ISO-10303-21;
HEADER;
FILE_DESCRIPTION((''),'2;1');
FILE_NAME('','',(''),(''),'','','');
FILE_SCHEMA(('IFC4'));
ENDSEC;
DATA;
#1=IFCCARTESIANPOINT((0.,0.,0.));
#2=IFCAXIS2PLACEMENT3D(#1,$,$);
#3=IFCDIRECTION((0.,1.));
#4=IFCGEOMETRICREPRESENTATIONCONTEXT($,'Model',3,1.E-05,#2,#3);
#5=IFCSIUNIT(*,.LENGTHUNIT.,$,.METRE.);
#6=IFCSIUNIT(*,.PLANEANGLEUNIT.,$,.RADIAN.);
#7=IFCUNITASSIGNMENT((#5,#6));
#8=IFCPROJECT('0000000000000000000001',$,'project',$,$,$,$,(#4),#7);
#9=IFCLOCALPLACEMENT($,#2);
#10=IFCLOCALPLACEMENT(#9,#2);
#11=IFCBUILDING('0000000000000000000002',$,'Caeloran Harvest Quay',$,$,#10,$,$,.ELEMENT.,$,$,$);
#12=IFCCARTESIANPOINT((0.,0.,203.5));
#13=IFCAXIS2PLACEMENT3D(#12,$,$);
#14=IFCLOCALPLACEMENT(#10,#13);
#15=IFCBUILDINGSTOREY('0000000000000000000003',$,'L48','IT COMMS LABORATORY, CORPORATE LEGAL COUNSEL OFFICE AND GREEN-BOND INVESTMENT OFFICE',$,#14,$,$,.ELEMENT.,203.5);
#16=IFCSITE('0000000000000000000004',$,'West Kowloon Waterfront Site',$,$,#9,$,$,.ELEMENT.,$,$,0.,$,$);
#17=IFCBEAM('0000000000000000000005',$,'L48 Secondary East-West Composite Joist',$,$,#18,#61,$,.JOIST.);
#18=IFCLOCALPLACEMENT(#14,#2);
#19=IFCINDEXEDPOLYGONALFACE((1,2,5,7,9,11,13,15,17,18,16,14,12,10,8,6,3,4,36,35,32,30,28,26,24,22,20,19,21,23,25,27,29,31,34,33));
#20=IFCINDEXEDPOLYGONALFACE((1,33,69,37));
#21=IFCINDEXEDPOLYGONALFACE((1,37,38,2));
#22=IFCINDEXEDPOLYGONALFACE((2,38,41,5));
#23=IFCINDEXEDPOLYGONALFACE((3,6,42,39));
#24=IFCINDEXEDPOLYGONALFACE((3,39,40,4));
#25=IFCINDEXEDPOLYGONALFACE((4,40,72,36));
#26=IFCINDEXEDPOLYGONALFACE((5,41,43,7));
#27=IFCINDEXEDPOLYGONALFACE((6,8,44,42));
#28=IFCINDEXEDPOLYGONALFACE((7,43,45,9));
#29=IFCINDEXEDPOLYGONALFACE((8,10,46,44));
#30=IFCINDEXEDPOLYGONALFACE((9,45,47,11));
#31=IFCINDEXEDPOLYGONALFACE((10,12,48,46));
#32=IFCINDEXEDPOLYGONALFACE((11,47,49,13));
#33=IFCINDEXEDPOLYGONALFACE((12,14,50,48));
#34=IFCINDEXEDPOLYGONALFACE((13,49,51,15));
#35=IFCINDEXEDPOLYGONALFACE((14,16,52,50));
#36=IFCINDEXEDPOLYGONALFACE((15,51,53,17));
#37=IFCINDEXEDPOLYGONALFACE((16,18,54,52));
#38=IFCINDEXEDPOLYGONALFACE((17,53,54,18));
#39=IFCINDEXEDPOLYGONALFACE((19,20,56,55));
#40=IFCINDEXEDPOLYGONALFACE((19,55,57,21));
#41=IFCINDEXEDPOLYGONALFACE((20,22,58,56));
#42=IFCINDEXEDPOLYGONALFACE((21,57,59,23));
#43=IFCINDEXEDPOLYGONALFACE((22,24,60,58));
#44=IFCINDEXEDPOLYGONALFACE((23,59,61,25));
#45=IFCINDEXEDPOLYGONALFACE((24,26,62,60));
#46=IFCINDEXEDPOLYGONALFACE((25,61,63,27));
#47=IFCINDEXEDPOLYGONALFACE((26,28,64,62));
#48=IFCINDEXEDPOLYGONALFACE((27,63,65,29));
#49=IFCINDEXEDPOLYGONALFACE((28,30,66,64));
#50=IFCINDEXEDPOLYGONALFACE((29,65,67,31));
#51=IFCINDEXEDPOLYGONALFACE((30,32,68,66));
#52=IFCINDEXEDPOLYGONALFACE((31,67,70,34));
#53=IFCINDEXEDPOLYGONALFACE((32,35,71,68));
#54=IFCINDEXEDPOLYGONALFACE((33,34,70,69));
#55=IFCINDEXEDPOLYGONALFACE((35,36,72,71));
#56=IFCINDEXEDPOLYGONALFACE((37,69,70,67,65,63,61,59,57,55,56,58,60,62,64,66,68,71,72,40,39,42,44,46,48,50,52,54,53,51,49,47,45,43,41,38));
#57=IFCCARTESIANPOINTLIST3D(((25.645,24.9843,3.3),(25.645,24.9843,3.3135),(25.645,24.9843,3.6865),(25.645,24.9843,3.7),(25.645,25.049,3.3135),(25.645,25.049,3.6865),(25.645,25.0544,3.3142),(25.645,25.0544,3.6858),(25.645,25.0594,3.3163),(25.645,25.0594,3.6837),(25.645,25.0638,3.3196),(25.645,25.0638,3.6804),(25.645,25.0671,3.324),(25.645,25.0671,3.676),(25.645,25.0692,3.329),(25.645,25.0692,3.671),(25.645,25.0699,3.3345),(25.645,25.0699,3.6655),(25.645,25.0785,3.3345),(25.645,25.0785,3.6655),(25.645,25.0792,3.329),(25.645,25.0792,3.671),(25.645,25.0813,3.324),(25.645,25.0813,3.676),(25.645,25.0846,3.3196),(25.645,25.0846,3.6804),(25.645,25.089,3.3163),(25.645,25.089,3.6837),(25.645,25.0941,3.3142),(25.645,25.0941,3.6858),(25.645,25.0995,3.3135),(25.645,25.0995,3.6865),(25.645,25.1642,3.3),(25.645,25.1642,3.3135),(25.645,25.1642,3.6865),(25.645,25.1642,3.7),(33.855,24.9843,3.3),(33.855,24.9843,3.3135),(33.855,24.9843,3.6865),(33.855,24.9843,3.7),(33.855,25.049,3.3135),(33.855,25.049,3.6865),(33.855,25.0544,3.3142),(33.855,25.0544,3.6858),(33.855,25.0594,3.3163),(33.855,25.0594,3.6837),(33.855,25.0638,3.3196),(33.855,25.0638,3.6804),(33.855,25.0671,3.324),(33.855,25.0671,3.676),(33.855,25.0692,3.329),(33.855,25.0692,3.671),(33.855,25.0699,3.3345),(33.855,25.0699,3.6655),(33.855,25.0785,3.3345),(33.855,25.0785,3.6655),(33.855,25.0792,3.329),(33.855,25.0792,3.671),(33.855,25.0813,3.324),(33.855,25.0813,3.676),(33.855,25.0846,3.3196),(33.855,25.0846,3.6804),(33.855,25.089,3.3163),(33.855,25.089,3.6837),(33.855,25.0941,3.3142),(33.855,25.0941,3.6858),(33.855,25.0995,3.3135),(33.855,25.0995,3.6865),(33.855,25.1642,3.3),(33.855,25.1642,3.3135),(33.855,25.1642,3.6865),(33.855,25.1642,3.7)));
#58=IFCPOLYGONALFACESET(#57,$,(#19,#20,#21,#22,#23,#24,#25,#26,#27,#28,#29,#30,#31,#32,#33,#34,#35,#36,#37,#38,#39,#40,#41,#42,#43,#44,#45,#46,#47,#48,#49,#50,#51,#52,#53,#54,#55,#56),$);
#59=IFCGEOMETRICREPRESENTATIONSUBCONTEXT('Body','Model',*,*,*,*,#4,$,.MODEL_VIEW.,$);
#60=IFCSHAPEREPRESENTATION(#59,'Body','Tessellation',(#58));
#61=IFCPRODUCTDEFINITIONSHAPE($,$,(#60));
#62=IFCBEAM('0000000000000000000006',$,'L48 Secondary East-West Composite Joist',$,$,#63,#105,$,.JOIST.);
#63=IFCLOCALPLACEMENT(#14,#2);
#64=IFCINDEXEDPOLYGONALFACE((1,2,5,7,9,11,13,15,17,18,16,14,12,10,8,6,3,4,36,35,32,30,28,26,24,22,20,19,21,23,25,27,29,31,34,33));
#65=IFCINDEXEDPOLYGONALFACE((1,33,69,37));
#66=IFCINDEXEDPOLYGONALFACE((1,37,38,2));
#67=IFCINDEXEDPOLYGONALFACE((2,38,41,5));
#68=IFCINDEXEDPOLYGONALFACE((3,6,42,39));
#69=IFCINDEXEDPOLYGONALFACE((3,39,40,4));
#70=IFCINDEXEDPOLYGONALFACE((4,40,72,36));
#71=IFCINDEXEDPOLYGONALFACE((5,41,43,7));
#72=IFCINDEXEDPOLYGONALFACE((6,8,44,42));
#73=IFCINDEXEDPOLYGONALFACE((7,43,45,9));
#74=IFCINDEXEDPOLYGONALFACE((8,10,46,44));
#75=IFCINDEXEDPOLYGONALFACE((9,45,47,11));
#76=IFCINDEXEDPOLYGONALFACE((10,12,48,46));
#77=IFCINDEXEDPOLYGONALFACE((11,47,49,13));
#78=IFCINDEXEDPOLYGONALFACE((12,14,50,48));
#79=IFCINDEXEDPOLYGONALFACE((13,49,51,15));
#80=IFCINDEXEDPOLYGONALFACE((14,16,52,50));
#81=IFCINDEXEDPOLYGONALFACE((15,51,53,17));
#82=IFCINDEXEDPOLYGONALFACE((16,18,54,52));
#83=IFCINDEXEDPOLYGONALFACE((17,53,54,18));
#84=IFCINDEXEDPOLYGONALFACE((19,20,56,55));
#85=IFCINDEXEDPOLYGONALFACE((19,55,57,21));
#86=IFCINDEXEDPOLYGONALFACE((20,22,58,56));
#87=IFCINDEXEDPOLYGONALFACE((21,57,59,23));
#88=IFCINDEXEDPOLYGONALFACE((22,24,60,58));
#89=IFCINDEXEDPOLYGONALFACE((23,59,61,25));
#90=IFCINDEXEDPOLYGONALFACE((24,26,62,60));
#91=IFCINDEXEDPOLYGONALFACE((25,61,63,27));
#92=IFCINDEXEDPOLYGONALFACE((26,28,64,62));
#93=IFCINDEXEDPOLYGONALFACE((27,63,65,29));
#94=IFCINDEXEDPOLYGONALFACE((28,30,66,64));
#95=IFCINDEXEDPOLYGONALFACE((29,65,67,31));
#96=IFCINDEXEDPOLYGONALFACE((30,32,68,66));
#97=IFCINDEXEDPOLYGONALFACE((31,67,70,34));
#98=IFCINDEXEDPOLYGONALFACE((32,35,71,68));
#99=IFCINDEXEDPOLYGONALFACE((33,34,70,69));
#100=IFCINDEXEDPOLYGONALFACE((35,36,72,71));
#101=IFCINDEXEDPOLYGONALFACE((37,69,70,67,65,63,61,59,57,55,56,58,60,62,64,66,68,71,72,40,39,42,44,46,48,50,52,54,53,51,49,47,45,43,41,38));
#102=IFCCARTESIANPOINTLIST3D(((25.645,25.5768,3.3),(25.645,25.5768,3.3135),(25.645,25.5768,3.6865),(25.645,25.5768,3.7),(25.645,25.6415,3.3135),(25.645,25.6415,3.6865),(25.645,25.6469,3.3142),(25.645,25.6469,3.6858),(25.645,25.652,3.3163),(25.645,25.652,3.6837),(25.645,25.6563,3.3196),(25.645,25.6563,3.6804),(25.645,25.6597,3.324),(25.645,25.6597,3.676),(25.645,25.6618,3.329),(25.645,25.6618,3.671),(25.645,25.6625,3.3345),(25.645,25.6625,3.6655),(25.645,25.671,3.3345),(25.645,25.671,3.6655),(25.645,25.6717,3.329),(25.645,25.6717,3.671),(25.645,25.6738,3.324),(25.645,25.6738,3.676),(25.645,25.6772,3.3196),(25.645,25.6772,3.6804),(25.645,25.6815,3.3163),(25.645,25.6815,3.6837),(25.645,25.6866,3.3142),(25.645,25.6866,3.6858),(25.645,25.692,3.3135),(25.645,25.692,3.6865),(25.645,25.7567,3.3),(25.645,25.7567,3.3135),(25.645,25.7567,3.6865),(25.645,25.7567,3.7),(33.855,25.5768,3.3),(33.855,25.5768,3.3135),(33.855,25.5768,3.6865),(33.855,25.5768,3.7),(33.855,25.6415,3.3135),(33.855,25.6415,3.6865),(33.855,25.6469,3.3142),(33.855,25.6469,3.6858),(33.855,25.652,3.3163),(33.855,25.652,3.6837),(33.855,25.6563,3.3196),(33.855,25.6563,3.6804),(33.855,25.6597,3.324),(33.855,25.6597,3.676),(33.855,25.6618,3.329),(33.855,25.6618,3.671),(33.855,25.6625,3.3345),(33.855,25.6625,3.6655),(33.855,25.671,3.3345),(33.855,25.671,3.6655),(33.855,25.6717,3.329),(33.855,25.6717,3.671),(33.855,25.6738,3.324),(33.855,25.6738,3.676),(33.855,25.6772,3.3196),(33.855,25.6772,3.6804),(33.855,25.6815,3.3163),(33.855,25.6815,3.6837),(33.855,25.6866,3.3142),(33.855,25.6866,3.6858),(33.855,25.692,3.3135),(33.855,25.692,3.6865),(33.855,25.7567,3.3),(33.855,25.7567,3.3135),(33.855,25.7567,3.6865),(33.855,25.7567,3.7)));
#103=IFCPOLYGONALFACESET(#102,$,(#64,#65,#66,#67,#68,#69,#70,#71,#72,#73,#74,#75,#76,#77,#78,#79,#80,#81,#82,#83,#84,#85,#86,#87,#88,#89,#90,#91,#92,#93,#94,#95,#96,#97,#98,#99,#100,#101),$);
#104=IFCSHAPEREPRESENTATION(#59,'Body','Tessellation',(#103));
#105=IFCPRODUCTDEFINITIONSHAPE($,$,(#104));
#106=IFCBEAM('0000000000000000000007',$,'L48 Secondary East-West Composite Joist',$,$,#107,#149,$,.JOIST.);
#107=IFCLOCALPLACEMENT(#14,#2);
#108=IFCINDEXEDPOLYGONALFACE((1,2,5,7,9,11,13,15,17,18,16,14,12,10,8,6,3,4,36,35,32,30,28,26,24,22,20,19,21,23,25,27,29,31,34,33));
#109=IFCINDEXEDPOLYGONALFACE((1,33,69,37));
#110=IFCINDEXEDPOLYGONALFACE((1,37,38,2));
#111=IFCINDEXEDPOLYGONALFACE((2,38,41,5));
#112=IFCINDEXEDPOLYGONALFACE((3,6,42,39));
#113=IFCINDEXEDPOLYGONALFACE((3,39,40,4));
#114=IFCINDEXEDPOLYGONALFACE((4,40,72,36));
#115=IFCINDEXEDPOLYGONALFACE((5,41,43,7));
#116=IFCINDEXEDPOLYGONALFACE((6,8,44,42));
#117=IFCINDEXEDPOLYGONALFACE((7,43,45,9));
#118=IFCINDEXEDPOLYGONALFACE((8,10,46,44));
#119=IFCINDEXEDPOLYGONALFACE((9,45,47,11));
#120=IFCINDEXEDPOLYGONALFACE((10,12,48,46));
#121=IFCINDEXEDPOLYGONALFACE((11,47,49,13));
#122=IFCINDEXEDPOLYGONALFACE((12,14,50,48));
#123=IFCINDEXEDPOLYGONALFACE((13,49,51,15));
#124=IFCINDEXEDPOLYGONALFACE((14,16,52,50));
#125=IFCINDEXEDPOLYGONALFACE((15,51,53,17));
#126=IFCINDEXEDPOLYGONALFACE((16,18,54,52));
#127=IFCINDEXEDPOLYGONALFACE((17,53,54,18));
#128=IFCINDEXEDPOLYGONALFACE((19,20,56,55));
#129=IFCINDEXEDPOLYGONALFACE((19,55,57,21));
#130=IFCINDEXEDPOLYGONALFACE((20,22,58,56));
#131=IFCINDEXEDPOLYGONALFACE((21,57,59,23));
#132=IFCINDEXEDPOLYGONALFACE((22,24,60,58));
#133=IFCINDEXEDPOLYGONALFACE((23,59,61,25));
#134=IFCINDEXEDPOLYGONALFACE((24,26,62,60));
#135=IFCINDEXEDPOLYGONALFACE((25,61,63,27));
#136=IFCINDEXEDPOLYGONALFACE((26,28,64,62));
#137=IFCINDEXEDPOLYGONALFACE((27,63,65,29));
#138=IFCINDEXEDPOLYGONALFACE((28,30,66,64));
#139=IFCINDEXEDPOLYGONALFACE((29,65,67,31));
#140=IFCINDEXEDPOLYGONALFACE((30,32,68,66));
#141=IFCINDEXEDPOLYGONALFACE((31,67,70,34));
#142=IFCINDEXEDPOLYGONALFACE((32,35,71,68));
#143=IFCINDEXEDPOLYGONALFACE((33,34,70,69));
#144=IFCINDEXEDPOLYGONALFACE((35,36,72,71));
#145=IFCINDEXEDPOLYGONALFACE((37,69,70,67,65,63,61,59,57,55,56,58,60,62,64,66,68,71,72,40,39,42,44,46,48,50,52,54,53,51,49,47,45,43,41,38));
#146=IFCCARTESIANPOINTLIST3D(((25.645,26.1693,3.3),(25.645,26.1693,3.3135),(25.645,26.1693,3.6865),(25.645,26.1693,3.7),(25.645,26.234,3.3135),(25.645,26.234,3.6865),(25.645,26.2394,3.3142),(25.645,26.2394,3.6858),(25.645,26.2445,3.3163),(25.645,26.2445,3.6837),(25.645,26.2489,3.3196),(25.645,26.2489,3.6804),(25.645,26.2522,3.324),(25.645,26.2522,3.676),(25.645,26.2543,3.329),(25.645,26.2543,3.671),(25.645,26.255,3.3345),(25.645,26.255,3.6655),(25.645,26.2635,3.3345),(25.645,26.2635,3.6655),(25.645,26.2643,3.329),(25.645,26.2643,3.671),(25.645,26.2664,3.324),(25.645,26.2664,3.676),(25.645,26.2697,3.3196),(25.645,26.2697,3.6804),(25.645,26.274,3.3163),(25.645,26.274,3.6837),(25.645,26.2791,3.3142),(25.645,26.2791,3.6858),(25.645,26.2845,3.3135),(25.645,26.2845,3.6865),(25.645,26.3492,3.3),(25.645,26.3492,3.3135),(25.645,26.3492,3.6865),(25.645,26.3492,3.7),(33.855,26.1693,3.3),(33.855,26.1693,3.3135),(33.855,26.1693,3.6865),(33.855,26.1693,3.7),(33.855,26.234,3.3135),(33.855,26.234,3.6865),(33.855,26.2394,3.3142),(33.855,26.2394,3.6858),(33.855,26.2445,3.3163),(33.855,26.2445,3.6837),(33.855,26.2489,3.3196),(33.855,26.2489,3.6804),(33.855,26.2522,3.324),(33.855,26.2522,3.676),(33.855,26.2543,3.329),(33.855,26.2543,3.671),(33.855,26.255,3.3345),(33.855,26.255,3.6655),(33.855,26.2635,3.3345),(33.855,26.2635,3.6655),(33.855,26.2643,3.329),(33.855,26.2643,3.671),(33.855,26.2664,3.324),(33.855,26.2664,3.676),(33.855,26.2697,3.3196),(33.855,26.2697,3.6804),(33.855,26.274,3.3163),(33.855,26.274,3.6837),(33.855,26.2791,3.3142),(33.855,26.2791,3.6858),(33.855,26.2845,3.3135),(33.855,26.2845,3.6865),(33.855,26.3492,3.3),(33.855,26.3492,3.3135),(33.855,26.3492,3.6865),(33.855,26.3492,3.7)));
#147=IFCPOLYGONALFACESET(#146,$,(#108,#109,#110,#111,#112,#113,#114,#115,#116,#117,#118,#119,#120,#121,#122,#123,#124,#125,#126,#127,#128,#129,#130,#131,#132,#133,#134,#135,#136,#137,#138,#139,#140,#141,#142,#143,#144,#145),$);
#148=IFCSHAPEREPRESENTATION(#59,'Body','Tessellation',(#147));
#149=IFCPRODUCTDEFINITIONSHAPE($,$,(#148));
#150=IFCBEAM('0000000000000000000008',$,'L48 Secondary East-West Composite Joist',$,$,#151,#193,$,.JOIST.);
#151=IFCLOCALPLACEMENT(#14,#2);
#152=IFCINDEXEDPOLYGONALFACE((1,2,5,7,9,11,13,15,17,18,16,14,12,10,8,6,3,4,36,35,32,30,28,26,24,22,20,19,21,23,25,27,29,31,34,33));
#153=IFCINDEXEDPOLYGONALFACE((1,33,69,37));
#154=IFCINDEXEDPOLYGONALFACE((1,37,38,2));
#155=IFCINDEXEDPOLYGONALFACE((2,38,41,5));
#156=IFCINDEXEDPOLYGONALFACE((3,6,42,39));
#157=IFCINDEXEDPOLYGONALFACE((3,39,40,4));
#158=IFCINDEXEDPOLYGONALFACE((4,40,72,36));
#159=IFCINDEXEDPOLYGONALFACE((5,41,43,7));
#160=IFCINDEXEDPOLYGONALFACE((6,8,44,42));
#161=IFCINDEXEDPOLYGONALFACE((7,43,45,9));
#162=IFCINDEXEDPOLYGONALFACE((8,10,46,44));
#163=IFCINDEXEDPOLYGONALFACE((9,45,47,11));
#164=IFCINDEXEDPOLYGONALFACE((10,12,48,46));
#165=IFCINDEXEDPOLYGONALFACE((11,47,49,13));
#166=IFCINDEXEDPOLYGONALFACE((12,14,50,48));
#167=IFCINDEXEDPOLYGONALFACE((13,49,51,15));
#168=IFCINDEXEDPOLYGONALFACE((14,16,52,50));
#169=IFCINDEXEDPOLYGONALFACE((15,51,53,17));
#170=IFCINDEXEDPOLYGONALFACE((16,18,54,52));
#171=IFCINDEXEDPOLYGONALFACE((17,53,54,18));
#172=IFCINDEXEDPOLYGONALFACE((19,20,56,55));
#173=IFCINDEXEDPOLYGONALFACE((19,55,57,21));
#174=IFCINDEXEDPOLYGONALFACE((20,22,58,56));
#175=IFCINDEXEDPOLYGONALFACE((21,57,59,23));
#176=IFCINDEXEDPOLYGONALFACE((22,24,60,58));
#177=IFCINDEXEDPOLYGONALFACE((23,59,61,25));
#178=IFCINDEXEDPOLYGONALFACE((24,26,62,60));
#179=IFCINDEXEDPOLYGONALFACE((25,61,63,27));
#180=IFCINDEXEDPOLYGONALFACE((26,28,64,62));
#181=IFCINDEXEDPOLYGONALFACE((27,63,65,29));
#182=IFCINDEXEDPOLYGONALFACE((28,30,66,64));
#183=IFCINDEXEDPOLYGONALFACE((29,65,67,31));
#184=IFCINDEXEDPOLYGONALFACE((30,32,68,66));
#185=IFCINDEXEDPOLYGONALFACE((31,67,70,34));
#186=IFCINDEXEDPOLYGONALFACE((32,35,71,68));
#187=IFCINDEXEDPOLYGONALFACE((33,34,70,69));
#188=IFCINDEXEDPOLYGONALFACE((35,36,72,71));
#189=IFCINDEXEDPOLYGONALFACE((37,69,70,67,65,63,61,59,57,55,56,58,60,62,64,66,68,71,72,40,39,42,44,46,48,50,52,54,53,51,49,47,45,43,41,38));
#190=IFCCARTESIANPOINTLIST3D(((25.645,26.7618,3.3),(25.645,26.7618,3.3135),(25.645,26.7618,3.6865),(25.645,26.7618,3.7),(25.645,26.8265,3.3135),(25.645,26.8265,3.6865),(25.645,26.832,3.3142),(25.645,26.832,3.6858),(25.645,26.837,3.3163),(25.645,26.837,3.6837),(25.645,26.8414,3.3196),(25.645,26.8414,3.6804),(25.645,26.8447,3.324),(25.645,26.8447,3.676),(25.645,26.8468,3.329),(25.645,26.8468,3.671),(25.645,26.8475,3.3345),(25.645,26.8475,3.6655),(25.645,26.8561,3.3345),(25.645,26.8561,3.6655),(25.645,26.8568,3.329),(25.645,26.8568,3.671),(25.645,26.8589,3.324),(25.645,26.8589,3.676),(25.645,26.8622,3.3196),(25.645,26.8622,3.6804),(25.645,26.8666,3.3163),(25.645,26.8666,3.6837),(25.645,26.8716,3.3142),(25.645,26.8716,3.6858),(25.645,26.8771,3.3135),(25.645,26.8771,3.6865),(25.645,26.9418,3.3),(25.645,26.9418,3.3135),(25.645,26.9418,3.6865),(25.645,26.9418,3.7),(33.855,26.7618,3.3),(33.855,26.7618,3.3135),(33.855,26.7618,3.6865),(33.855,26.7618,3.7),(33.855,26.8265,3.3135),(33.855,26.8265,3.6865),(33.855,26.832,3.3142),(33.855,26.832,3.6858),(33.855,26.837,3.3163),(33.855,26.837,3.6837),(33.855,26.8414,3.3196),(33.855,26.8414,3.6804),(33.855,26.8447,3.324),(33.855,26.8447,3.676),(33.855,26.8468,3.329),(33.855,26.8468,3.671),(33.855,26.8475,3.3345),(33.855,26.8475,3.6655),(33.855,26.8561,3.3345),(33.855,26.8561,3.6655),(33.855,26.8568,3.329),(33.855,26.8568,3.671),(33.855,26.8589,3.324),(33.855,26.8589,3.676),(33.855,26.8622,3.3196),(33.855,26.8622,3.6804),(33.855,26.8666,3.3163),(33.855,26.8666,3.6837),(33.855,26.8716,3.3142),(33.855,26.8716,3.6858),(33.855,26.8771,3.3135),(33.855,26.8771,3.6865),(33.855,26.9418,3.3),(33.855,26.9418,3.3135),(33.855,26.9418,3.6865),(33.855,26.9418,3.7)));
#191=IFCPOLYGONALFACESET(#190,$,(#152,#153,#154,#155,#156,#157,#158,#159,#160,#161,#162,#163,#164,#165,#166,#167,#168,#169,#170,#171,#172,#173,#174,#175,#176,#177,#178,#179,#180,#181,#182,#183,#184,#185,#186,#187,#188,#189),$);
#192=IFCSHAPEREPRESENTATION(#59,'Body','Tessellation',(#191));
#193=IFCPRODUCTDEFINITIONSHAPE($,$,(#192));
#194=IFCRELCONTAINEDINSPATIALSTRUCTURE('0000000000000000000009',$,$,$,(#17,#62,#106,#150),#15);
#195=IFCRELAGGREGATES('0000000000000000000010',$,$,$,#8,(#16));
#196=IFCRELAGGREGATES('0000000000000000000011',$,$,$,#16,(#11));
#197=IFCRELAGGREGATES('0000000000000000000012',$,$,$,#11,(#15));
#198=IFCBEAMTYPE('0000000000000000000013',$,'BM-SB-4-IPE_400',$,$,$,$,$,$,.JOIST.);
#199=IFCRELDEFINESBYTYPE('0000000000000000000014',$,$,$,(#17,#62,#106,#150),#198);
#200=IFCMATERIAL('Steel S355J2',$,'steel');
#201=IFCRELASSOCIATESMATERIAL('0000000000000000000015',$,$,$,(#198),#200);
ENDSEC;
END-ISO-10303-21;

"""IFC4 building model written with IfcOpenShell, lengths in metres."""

from ifc_helpers import new_model, si_unit, direction, frame, origin, origin_2d, place, context, subcontext, project, spatial, i_section, extrude, material, material_profile, profile_set, type_object, element, save


model = new_model("IFC4")

# Units and contexts
model_context = context("Model", 3, precision=1e-05, world=origin(), true_north=direction((0.0, 1.0)))
body_context = subcontext(model_context, "Body", "Model", "MODEL_VIEW")
ifc_project = project(units=[si_unit("LENGTHUNIT", "METRE"), si_unit("PLANEANGLEUNIT", "RADIAN")], contexts=[model_context])

# Site, building, storey
site_placement = place(None, origin())
site = spatial("IfcSite", under=ifc_project, at=site_placement, Name="West Kowloon Waterfront Site", CompositionType="ELEMENT", RefElevation=0.0)
building_placement = place(site_placement, origin())
building = spatial("IfcBuilding", under=site, at=building_placement, Name="Caeloran Harvest Quay", CompositionType="ELEMENT")
storey_placement = place(building_placement, frame((0.0, 0.0, 203.5)))
storey = spatial("IfcBuildingStorey", under=building, at=storey_placement, Name="L48", Description="IT COMMS LABORATORY, CORPORATE LEGAL COUNSEL OFFICE AND GREEN-BOND INVESTMENT OFFICE", CompositionType="ELEMENT", Elevation=203.5)

# Beams
ifc_material_1 = material(Name="Steel S355J2", Category="steel")
ifc_material_profile_1 = material_profile(ifc_material_1, i_section(OverallWidth=0.1799, OverallDepth=0.3999, WebThickness=0.0085, FlangeThickness=0.0134, FilletRadius=0.021, at=origin_2d()), Name="IPE 400")
ifc_profile_set_1 = profile_set([ifc_material_profile_1], Name="Steel S355J2")
beam_type_1 = type_object("IfcBeamType", Name="BM-SB-4-IPE_400", PredefinedType="JOIST", material=ifc_profile_set_1)
for number, where, z_axis, x_axis, name in (
    (1, (25.645, 25.0742, 3.5), (1.0, 0.0, 0.0), (0.0, 1.0, 0.0), "L48 Secondary East-West Composite Joist"),
    (2, (25.645, 25.6667, 3.5), (1.0, 0.0, 0.0), (0.0, 1.0, 0.0), "L48 Secondary East-West Composite Joist"),
    (3, (25.645, 26.2593, 3.5), (1.0, 0.0, 0.0), (0.0, 1.0, 0.0), "L48 Secondary East-West Composite Joist"),
    (4, (25.645, 26.8518, 3.5), (1.0, 0.0, 0.0), (0.0, 1.0, 0.0), "L48 Secondary East-West Composite Joist"),
):
    element("IfcBeam", number, at=place(storey_placement, frame(where, z_axis=z_axis, x_axis=x_axis)), inside=storey, type_object=beam_type_1, Name=name, PredefinedType="JOIST", context=body_context, shape_type="SweptSolid", body=[
        extrude(i_section(OverallWidth=0.1799, OverallDepth=0.3999, WebThickness=0.0085, FlangeThickness=0.0134, FilletRadius=0.021, at=origin_2d()), origin(), (0.0, 0.0, 1.0), 8.21),
    ])

save(model, "model.ifc")
